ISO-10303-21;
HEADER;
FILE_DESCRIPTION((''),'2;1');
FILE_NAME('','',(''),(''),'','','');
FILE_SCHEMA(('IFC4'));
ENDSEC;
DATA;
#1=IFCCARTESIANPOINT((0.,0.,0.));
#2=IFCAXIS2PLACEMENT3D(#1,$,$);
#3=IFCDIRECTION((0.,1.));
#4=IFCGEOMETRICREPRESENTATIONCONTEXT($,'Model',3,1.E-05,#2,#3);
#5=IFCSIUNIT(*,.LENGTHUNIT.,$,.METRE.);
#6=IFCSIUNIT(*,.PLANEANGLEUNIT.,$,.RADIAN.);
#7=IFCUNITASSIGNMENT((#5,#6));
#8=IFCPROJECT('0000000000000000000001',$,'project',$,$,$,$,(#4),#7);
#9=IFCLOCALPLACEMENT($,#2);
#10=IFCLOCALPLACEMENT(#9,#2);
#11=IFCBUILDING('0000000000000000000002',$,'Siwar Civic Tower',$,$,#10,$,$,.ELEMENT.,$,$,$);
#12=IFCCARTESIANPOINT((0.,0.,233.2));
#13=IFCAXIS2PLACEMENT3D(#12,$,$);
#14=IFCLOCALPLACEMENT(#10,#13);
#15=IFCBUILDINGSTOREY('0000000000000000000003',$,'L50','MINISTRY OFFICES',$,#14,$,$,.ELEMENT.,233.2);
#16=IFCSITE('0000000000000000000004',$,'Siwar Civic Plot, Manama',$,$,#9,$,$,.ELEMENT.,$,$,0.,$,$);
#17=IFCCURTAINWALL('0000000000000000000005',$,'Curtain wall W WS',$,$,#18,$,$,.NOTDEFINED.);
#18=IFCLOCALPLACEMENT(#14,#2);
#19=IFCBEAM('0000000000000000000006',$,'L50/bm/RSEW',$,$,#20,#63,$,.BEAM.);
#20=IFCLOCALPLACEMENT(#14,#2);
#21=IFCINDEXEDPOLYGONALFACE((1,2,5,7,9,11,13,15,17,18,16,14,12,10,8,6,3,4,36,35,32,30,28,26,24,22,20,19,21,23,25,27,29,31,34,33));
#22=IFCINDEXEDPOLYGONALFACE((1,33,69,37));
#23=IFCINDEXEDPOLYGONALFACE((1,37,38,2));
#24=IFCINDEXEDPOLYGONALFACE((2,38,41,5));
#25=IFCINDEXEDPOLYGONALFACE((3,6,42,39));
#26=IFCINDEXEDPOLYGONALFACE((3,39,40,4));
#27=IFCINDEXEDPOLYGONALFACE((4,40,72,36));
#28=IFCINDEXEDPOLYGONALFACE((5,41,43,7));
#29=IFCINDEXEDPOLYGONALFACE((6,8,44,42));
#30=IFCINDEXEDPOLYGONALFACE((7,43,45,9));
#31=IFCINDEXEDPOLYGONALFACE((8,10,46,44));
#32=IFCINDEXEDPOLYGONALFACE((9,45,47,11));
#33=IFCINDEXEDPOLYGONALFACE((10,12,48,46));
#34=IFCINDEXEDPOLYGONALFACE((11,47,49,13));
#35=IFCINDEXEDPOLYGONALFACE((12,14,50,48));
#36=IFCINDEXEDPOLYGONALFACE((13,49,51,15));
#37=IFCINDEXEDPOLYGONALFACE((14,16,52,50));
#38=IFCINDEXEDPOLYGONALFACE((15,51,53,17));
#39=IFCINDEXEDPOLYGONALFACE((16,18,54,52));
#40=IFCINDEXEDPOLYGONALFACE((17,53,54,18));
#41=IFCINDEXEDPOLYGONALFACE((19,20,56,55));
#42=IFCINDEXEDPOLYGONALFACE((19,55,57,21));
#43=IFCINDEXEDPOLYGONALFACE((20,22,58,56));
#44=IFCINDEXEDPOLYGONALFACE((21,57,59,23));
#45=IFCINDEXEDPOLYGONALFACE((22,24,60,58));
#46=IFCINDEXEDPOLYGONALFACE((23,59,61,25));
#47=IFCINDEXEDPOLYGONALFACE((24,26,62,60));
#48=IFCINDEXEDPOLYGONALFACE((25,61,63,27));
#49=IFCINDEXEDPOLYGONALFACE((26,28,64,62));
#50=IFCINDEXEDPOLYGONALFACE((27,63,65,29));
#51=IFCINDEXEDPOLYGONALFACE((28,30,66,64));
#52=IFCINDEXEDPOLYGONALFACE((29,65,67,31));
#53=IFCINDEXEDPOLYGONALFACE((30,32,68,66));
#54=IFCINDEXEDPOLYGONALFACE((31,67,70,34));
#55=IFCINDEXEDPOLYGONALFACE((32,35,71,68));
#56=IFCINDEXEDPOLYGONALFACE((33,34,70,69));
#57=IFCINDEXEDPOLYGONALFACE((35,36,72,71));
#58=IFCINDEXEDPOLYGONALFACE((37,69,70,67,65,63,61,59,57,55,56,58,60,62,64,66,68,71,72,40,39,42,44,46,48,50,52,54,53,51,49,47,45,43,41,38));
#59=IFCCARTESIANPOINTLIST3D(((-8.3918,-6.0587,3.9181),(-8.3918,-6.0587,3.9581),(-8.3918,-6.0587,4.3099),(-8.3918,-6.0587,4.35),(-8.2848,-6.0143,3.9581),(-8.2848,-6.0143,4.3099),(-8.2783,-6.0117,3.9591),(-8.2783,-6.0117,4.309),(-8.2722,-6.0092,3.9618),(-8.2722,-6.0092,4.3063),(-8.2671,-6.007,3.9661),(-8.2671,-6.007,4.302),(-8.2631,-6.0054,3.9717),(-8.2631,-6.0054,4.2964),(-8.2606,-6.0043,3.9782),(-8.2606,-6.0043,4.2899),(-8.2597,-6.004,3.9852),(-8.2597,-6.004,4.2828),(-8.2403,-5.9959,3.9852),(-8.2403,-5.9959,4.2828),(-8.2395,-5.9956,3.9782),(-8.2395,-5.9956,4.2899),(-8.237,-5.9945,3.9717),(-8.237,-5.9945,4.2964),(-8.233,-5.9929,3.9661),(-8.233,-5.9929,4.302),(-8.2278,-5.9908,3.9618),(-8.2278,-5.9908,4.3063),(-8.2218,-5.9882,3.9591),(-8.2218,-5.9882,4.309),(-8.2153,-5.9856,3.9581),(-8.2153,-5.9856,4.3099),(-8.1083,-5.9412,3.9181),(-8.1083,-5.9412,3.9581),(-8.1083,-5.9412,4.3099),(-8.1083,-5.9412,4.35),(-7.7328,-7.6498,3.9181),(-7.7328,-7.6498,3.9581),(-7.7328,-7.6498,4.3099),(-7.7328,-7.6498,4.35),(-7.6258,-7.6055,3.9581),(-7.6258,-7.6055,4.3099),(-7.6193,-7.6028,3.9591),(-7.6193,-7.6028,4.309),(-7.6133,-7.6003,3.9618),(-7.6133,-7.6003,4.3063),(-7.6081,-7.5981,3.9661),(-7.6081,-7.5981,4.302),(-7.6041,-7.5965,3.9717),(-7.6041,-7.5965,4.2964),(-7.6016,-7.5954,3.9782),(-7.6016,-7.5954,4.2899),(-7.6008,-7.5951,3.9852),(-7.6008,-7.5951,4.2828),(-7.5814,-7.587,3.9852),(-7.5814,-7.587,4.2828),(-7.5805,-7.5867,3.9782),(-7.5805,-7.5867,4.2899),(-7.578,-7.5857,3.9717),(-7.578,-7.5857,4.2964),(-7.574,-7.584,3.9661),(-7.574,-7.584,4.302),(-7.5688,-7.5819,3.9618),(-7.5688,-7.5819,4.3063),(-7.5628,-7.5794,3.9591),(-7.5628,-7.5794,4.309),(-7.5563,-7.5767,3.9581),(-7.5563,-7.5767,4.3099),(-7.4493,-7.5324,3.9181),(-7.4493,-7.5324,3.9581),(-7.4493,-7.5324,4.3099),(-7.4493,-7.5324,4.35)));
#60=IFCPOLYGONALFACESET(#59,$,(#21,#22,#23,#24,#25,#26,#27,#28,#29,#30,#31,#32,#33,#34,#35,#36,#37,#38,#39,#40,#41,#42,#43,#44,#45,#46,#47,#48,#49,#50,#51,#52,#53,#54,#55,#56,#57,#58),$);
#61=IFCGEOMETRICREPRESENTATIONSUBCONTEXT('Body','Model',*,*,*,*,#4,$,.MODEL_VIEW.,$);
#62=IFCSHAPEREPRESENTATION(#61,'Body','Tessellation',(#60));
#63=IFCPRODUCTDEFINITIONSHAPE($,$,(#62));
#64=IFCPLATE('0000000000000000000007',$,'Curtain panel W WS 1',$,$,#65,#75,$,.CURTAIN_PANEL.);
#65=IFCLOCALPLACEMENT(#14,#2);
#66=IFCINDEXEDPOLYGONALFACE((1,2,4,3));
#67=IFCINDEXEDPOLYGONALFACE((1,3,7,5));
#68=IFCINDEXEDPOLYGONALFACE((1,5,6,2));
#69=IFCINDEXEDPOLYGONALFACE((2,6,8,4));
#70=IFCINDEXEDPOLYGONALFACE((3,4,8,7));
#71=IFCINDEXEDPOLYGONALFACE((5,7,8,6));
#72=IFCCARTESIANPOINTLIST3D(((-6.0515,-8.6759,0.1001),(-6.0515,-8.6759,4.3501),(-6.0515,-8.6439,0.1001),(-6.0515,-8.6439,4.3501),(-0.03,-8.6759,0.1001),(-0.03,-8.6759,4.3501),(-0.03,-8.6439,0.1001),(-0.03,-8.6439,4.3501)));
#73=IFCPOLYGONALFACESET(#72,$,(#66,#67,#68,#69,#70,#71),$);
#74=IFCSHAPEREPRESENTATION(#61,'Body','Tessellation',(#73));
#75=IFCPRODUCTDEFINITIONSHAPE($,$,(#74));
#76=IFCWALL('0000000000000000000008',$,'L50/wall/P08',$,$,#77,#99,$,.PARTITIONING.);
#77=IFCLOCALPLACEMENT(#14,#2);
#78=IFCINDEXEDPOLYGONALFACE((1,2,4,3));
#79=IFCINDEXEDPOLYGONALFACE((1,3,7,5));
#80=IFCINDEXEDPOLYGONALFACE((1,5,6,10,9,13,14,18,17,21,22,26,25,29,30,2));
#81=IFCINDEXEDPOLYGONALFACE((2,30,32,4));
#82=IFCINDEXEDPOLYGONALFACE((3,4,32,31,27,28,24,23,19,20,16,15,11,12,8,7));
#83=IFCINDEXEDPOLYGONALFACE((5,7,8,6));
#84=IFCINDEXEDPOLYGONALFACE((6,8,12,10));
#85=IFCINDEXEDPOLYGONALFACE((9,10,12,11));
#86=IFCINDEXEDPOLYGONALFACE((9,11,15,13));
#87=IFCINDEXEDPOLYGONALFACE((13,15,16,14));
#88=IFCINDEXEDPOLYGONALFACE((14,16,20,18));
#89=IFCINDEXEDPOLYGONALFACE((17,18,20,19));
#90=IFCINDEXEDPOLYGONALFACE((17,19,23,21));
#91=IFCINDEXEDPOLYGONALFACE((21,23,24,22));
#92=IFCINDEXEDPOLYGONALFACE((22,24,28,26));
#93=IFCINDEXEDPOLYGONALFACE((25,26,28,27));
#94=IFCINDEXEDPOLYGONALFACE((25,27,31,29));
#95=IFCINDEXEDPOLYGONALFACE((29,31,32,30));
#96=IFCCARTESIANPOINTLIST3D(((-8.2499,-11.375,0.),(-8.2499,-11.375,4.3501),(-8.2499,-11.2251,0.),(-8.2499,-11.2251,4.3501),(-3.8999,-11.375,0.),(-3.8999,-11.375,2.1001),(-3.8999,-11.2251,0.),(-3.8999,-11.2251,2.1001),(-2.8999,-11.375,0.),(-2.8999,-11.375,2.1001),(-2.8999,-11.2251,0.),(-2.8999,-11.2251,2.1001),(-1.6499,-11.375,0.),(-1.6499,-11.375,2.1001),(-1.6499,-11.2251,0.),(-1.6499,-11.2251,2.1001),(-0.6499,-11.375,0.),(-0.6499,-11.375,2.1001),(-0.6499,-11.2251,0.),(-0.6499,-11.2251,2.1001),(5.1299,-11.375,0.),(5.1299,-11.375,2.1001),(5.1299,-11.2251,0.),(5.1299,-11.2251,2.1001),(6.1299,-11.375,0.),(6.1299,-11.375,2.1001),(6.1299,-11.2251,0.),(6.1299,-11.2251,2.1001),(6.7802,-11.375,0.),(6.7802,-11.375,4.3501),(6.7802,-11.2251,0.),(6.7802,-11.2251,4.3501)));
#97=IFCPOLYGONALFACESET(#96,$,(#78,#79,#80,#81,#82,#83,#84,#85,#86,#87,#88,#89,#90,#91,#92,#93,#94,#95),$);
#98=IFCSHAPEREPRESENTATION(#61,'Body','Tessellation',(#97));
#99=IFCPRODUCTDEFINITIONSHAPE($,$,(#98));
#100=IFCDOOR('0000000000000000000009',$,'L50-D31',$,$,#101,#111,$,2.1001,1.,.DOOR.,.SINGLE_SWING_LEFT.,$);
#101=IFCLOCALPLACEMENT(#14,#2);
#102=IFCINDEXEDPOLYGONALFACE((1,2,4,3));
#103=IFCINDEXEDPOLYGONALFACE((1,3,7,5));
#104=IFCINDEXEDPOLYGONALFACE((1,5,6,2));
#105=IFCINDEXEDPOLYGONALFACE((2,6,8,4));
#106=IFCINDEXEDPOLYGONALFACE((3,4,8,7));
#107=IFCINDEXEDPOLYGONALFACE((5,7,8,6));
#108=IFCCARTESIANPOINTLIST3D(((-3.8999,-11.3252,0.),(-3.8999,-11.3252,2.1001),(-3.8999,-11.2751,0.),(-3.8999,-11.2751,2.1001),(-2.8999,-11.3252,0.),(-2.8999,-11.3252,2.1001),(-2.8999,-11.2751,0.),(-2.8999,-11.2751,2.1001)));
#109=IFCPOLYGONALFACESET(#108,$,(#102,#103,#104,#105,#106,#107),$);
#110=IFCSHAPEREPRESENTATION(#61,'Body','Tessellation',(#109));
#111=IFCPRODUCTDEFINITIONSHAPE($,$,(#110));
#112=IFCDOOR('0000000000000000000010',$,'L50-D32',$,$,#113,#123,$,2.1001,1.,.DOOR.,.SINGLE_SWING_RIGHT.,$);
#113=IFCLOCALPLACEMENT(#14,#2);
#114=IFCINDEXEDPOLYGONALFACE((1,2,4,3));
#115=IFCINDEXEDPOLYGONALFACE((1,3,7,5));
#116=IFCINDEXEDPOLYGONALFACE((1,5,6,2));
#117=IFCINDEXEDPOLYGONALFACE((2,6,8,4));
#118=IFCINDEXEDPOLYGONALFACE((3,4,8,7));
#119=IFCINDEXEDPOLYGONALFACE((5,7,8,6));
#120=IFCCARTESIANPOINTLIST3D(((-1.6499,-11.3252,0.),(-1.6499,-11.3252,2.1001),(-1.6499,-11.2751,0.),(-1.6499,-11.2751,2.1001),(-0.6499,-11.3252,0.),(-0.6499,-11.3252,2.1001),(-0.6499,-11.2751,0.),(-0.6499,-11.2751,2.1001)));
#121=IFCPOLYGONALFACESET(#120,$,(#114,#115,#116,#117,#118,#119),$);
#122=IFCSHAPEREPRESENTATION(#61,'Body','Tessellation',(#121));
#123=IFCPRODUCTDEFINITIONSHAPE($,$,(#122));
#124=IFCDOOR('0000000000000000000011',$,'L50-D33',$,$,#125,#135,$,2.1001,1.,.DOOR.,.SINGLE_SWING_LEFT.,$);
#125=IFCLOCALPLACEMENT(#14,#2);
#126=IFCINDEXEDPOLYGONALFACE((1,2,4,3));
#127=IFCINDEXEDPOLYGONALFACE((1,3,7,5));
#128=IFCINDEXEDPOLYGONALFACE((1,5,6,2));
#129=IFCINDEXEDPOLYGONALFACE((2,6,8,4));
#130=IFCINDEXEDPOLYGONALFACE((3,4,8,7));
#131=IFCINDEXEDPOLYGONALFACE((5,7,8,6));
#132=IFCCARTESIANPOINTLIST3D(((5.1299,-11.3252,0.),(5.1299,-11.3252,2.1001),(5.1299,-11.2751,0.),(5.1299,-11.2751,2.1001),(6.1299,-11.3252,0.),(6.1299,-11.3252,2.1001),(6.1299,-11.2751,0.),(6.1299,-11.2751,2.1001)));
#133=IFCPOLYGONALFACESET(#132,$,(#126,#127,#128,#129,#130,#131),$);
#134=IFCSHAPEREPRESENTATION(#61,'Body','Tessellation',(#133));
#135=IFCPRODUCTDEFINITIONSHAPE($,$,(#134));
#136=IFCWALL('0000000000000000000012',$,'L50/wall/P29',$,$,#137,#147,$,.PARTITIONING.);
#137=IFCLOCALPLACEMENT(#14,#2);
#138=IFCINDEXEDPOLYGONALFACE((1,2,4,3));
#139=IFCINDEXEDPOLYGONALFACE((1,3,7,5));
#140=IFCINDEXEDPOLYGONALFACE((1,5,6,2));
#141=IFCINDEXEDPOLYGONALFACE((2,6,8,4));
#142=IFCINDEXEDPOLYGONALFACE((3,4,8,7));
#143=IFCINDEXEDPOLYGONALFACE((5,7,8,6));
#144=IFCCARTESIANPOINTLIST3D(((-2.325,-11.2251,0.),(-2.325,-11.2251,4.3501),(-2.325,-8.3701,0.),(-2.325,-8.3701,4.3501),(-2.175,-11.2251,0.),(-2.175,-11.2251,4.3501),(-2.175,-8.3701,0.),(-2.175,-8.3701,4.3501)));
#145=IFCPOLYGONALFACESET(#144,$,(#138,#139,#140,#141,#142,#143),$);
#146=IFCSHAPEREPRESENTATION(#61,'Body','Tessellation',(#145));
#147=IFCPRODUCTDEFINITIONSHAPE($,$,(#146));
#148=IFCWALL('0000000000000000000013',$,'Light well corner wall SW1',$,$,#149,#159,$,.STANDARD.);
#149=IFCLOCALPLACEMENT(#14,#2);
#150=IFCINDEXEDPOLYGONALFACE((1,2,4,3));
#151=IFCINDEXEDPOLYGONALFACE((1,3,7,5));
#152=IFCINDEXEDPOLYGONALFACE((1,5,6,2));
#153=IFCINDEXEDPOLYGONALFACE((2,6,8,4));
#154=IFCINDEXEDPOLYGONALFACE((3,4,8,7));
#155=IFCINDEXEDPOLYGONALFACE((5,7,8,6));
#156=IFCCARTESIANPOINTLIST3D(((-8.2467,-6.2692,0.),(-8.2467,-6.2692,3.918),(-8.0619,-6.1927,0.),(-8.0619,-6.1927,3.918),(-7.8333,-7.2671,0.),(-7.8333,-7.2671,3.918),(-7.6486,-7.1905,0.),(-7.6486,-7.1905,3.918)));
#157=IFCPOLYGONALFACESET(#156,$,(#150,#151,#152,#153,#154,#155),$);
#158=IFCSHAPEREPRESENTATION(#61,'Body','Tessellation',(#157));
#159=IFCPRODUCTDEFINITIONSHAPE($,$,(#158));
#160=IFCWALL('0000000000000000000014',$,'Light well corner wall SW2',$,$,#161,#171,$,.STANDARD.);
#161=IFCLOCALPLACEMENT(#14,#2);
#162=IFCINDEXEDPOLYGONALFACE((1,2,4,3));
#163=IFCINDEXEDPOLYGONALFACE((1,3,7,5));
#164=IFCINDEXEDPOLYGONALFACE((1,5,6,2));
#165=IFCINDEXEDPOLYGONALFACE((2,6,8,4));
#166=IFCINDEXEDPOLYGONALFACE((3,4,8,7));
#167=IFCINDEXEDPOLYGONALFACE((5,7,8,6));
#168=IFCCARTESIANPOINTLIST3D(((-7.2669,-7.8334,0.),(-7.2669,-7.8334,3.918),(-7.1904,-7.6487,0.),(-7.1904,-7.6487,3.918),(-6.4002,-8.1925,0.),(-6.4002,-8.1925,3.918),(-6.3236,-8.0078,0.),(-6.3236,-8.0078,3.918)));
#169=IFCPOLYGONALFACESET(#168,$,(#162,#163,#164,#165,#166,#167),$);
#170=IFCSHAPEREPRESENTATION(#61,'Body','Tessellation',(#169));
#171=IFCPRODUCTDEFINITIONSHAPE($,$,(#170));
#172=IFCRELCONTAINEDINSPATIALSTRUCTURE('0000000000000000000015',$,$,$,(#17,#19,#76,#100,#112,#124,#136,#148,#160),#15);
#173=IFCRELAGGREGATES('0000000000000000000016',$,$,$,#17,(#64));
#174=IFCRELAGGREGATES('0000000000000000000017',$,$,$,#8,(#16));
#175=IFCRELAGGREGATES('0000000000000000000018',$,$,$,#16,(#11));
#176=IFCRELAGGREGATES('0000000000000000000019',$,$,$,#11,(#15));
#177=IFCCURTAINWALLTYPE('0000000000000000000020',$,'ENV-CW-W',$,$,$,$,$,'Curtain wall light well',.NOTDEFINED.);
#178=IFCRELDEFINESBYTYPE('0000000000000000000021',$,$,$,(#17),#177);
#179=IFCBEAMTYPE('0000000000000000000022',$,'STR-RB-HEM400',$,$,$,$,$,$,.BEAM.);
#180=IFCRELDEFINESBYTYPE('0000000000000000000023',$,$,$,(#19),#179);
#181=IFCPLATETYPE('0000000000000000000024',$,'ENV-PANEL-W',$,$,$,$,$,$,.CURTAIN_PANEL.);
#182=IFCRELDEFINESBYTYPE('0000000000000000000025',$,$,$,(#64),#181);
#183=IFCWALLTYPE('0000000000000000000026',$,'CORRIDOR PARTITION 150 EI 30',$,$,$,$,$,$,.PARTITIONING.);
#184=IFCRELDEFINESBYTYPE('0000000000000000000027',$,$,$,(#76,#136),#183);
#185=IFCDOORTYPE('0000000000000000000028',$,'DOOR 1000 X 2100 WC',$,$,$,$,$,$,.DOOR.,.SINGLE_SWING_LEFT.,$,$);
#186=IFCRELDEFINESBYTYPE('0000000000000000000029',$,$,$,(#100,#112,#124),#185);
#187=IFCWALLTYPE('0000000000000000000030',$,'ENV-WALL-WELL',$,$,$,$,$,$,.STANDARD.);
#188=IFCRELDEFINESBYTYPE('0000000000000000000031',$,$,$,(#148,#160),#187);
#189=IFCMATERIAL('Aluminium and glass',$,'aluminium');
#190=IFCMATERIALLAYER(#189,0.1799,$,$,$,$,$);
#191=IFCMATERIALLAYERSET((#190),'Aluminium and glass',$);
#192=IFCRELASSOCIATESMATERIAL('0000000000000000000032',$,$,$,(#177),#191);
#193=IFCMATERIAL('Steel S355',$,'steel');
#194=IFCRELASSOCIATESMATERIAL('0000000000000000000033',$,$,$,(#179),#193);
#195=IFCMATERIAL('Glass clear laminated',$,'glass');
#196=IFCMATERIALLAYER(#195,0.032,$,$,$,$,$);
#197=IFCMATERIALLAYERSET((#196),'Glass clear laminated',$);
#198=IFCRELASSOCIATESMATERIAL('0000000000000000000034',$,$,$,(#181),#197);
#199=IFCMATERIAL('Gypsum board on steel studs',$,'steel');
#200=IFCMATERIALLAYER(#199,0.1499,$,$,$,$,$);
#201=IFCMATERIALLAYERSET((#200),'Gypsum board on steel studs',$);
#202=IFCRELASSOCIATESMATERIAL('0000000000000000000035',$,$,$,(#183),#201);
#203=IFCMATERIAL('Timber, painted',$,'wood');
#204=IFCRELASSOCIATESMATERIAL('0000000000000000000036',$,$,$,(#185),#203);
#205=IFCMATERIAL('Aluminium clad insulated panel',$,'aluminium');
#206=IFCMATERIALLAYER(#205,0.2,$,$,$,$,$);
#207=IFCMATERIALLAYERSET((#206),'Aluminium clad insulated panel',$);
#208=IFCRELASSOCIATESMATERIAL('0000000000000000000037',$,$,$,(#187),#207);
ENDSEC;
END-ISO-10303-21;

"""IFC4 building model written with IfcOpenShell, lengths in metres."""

from ifc_helpers import new_model, si_unit, direction, frame, frame_2d, origin, origin_2d, place, context, subcontext, project, spatial, rectangle, i_section, extrude, material, layer, layer_set, material_profile, profile_set, type_object, element, fill, aggregate, save


model = new_model("IFC4")

# Units and contexts
model_context = context("Model", 3, precision=1e-05, world=origin(), true_north=direction((0.0, 1.0)))
body_context = subcontext(model_context, "Body", "Model", "MODEL_VIEW")
ifc_project = project(units=[si_unit("LENGTHUNIT", "METRE"), si_unit("PLANEANGLEUNIT", "RADIAN")], contexts=[model_context])

# Site, building, storey
site_placement = place(None, origin())
site = spatial("IfcSite", under=ifc_project, at=site_placement, Name="Siwar Civic Plot, Manama", CompositionType="ELEMENT", RefElevation=0.0)
building_placement = place(site_placement, origin())
building = spatial("IfcBuilding", under=site, at=building_placement, Name="Siwar Civic Tower", CompositionType="ELEMENT")
storey_placement = place(building_placement, frame((0.0, 0.0, 233.2)))
storey = spatial("IfcBuildingStorey", under=building, at=storey_placement, Name="L50", Description="MINISTRY OFFICES", CompositionType="ELEMENT", Elevation=233.2)

# Curtain wall
ifc_material_1 = material(Name="Aluminium and glass", Category="aluminium")
ifc_layer_1 = layer(ifc_material_1, 0.1799)
ifc_layer_set_1 = layer_set([ifc_layer_1], Name="Aluminium and glass")
curtain_wall_type = type_object("IfcCurtainWallType", Name="ENV-CW-W", ElementType="Curtain wall light well", PredefinedType="NOTDEFINED", material=ifc_layer_set_1)
curtain_wall_placement = place(storey_placement, origin())
curtain_wall = element("IfcCurtainWall", 1, at=curtain_wall_placement, inside=storey, type_object=curtain_wall_type, Name="Curtain wall W WS", PredefinedType="NOTDEFINED")

# Beam
ifc_material_2 = material(Name="Steel S355", Category="steel")
ifc_material_profile_1 = material_profile(ifc_material_2, i_section(OverallWidth=0.3069, OverallDepth=0.4319, WebThickness=0.021, FlangeThickness=0.04, FilletRadius=0.0271, at=origin_2d()), Name="HEM400")
ifc_profile_set_1 = profile_set([ifc_material_profile_1], Name="Steel S355")
beam_type = type_object("IfcBeamType", Name="STR-RB-HEM400", PredefinedType="BEAM", material=ifc_profile_set_1)
beam_1_placement = place(storey_placement, frame((-7.5911, -7.5911, 4.134), z_axis=(-0.382631, 0.923901, 0.0), x_axis=(-0.923901, -0.382631, 0.0)))
element("IfcBeam", 2, at=beam_1_placement, inside=storey, type_object=beam_type, Name="L50/bm/RSEW", PredefinedType="BEAM", context=body_context, shape_type="SweptSolid", body=[
    extrude(i_section(OverallWidth=0.3069, OverallDepth=0.4319, WebThickness=0.021, FlangeThickness=0.04, FilletRadius=0.0271, at=origin_2d()), origin(), (0.0, 0.0, 1.0), 1.7222),
])

# Plate
ifc_material_3 = material(Name="Glass clear laminated", Category="glass")
ifc_layer_2 = layer(ifc_material_3, 0.032)
ifc_layer_set_2 = layer_set([ifc_layer_2], Name="Glass clear laminated")
plate_type = type_object("IfcPlateType", Name="ENV-PANEL-W", PredefinedType="CURTAIN_PANEL", material=ifc_layer_set_2)
plate_placement = place(storey_placement, frame((-3.0408, -8.6599, 0.1001), z_axis=(0.0, 0.0, 1.0), x_axis=(1.0, 0.0, 0.0)))
plate = element("IfcPlate", 3, at=plate_placement, type_object=plate_type, Name="Curtain panel W WS 1", PredefinedType="CURTAIN_PANEL", context=body_context, shape_type="SweptSolid", body=[
    extrude(rectangle(XDim=6.0215, YDim=0.032, at=origin_2d()), origin(), (0.0, 0.0, 1.0), 4.25),
])
aggregate(curtain_wall, [plate])

# Wall, openings, doors
ifc_material_4 = material(Name="Gypsum board on steel studs", Category="steel")
ifc_layer_3 = layer(ifc_material_4, 0.1499)
ifc_layer_set_3 = layer_set([ifc_layer_3], Name="Gypsum board on steel studs")
wall_type_1 = type_object("IfcWallType", Name="CORRIDOR PARTITION 150 EI 30", PredefinedType="PARTITIONING", material=ifc_layer_set_3)
wall_1_placement = place(storey_placement, frame((-8.25, -11.3, 0.0), z_axis=(0.0, 0.0, 1.0), x_axis=(1.0, 0.0, 0.0)))
wall_1 = element("IfcWall", 4, at=wall_1_placement, inside=storey, type_object=wall_type_1, Name="L50/wall/P08", PredefinedType="PARTITIONING", context=body_context, shape_type="SweptSolid", body=[
    extrude(rectangle(XDim=15.03, YDim=0.1499, at=frame_2d((7.5151, 0.0))), origin(), (0.0, 0.0, 1.0), 4.3501),
])
opening_1_placement = place(wall_1_placement, frame((4.3501, 0.0, 0.0)))
opening_1 = element("IfcOpeningElement", 5, at=opening_1_placement, cuts=wall_1, PredefinedType="OPENING", context=body_context, shape_type="SweptSolid", body=[
    extrude(rectangle(XDim=1.0, YDim=2.1001, at=frame_2d((0.5, 1.05))), frame((0.0, 0.085, 0.0), z_axis=(0.0, -1.0, 0.0), x_axis=(1.0, 0.0, 0.0)), (0.0, 0.0, 1.0), 0.1699),
])
opening_2_placement = place(wall_1_placement, frame((6.6001, 0.0, 0.0)))
opening_2 = element("IfcOpeningElement", 6, at=opening_2_placement, cuts=wall_1, PredefinedType="OPENING", context=body_context, shape_type="SweptSolid", body=[
    extrude(rectangle(XDim=1.0, YDim=2.1001, at=frame_2d((0.5, 1.05))), frame((0.0, 0.085, 0.0), z_axis=(0.0, -1.0, 0.0), x_axis=(1.0, 0.0, 0.0)), (0.0, 0.0, 1.0), 0.1699),
])
opening_3_placement = place(wall_1_placement, frame((13.3799, 0.0, 0.0)))
opening_3 = element("IfcOpeningElement", 7, at=opening_3_placement, cuts=wall_1, PredefinedType="OPENING", context=body_context, shape_type="SweptSolid", body=[
    extrude(rectangle(XDim=1.0, YDim=2.1001, at=frame_2d((0.5, 1.05))), frame((0.0, 0.085, 0.0), z_axis=(0.0, -1.0, 0.0), x_axis=(1.0, 0.0, 0.0)), (0.0, 0.0, 1.0), 0.1699),
])
ifc_material_5 = material(Name="Timber, painted", Category="wood")
door_type = type_object("IfcDoorType", Name="DOOR 1000 X 2100 WC", OperationType="SINGLE_SWING_LEFT", PredefinedType="DOOR", material=ifc_material_5)
door_1_placement = place(opening_1_placement, origin())
door_1 = element("IfcDoor", 8, at=door_1_placement, inside=storey, type_object=door_type, Name="L50-D31", OperationType="SINGLE_SWING_LEFT", OverallHeight=2.1001, OverallWidth=1.0, PredefinedType="DOOR", context=body_context, shape_type="SweptSolid", body=[
    extrude(rectangle(XDim=1.0, YDim=2.1001, at=frame_2d((0.5, 1.05))), frame((0.0, 0.0249, 0.0), z_axis=(0.0, -1.0, 0.0), x_axis=(1.0, 0.0, 0.0)), (0.0, 0.0, 1.0), 0.05),
])
fill(opening_1, door_1)
door_2_placement = place(opening_2_placement, origin())
door_2 = element("IfcDoor", 9, at=door_2_placement, inside=storey, type_object=door_type, Name="L50-D32", OperationType="SINGLE_SWING_RIGHT", OverallHeight=2.1001, OverallWidth=1.0, PredefinedType="DOOR", context=body_context, shape_type="SweptSolid", body=[
    extrude(rectangle(XDim=1.0, YDim=2.1001, at=frame_2d((0.5, 1.05))), frame((0.0, 0.0249, 0.0), z_axis=(0.0, -1.0, 0.0), x_axis=(1.0, 0.0, 0.0)), (0.0, 0.0, 1.0), 0.05),
])
fill(opening_2, door_2)
door_3_placement = place(opening_3_placement, origin())
door_3 = element("IfcDoor", 10, at=door_3_placement, inside=storey, type_object=door_type, Name="L50-D33", OperationType="SINGLE_SWING_LEFT", OverallHeight=2.1001, OverallWidth=1.0, PredefinedType="DOOR", context=body_context, shape_type="SweptSolid", body=[
    extrude(rectangle(XDim=1.0, YDim=2.1001, at=frame_2d((0.5, 1.05))), frame((0.0, 0.0249, 0.0), z_axis=(0.0, -1.0, 0.0), x_axis=(1.0, 0.0, 0.0)), (0.0, 0.0, 1.0), 0.05),
])
fill(opening_3, door_3)

# Walls
wall_2_placement = place(storey_placement, frame((-2.25, -11.2251, 0.0), z_axis=(0.0, 0.0, 1.0), x_axis=(0.0, 1.0, 0.0)))
element("IfcWall", 11, at=wall_2_placement, inside=storey, type_object=wall_type_1, Name="L50/wall/P29", PredefinedType="PARTITIONING", context=body_context, shape_type="SweptSolid", body=[
    extrude(rectangle(XDim=2.855, YDim=0.1499, at=frame_2d((1.4275, 0.0))), origin(), (0.0, 0.0, 1.0), 4.3501),
])
ifc_material_6 = material(Name="Aluminium clad insulated panel", Category="aluminium")
ifc_layer_4 = layer(ifc_material_6, 0.2)
ifc_layer_set_4 = layer_set([ifc_layer_4], Name="Aluminium clad insulated panel")
wall_type_2 = type_object("IfcWallType", Name="ENV-WALL-WELL", PredefinedType="STANDARD", material=ifc_layer_set_4)
wall_3_placement = place(storey_placement, frame((-8.1543, -6.231, 0.0), z_axis=(0.0, 0.0, 1.0), x_axis=(0.382704, -0.923871, 0.0)))
element("IfcWall", 12, at=wall_3_placement, inside=storey, type_object=wall_type_2, Name="Light well corner wall SW1", PredefinedType="STANDARD", context=body_context, shape_type="SweptSolid", body=[
    extrude(rectangle(XDim=1.0801, YDim=0.2, at=frame_2d((0.54, 0.0))), origin(), (0.0, 0.0, 1.0), 3.918),
])
wall_4_placement = place(storey_placement, frame((-7.2288, -7.741, 0.0), z_axis=(0.0, 0.0, 1.0), x_axis=(0.92383, -0.382804, 0.0)))
element("IfcWall", 13, at=wall_4_placement, inside=storey, type_object=wall_type_2, Name="Light well corner wall SW2", PredefinedType="STANDARD", context=body_context, shape_type="SweptSolid", body=[
    extrude(rectangle(XDim=0.9382, YDim=0.2, at=frame_2d((0.4692, 0.0))), origin(), (0.0, 0.0, 1.0), 3.918),
])

save(model, "model.ifc")
